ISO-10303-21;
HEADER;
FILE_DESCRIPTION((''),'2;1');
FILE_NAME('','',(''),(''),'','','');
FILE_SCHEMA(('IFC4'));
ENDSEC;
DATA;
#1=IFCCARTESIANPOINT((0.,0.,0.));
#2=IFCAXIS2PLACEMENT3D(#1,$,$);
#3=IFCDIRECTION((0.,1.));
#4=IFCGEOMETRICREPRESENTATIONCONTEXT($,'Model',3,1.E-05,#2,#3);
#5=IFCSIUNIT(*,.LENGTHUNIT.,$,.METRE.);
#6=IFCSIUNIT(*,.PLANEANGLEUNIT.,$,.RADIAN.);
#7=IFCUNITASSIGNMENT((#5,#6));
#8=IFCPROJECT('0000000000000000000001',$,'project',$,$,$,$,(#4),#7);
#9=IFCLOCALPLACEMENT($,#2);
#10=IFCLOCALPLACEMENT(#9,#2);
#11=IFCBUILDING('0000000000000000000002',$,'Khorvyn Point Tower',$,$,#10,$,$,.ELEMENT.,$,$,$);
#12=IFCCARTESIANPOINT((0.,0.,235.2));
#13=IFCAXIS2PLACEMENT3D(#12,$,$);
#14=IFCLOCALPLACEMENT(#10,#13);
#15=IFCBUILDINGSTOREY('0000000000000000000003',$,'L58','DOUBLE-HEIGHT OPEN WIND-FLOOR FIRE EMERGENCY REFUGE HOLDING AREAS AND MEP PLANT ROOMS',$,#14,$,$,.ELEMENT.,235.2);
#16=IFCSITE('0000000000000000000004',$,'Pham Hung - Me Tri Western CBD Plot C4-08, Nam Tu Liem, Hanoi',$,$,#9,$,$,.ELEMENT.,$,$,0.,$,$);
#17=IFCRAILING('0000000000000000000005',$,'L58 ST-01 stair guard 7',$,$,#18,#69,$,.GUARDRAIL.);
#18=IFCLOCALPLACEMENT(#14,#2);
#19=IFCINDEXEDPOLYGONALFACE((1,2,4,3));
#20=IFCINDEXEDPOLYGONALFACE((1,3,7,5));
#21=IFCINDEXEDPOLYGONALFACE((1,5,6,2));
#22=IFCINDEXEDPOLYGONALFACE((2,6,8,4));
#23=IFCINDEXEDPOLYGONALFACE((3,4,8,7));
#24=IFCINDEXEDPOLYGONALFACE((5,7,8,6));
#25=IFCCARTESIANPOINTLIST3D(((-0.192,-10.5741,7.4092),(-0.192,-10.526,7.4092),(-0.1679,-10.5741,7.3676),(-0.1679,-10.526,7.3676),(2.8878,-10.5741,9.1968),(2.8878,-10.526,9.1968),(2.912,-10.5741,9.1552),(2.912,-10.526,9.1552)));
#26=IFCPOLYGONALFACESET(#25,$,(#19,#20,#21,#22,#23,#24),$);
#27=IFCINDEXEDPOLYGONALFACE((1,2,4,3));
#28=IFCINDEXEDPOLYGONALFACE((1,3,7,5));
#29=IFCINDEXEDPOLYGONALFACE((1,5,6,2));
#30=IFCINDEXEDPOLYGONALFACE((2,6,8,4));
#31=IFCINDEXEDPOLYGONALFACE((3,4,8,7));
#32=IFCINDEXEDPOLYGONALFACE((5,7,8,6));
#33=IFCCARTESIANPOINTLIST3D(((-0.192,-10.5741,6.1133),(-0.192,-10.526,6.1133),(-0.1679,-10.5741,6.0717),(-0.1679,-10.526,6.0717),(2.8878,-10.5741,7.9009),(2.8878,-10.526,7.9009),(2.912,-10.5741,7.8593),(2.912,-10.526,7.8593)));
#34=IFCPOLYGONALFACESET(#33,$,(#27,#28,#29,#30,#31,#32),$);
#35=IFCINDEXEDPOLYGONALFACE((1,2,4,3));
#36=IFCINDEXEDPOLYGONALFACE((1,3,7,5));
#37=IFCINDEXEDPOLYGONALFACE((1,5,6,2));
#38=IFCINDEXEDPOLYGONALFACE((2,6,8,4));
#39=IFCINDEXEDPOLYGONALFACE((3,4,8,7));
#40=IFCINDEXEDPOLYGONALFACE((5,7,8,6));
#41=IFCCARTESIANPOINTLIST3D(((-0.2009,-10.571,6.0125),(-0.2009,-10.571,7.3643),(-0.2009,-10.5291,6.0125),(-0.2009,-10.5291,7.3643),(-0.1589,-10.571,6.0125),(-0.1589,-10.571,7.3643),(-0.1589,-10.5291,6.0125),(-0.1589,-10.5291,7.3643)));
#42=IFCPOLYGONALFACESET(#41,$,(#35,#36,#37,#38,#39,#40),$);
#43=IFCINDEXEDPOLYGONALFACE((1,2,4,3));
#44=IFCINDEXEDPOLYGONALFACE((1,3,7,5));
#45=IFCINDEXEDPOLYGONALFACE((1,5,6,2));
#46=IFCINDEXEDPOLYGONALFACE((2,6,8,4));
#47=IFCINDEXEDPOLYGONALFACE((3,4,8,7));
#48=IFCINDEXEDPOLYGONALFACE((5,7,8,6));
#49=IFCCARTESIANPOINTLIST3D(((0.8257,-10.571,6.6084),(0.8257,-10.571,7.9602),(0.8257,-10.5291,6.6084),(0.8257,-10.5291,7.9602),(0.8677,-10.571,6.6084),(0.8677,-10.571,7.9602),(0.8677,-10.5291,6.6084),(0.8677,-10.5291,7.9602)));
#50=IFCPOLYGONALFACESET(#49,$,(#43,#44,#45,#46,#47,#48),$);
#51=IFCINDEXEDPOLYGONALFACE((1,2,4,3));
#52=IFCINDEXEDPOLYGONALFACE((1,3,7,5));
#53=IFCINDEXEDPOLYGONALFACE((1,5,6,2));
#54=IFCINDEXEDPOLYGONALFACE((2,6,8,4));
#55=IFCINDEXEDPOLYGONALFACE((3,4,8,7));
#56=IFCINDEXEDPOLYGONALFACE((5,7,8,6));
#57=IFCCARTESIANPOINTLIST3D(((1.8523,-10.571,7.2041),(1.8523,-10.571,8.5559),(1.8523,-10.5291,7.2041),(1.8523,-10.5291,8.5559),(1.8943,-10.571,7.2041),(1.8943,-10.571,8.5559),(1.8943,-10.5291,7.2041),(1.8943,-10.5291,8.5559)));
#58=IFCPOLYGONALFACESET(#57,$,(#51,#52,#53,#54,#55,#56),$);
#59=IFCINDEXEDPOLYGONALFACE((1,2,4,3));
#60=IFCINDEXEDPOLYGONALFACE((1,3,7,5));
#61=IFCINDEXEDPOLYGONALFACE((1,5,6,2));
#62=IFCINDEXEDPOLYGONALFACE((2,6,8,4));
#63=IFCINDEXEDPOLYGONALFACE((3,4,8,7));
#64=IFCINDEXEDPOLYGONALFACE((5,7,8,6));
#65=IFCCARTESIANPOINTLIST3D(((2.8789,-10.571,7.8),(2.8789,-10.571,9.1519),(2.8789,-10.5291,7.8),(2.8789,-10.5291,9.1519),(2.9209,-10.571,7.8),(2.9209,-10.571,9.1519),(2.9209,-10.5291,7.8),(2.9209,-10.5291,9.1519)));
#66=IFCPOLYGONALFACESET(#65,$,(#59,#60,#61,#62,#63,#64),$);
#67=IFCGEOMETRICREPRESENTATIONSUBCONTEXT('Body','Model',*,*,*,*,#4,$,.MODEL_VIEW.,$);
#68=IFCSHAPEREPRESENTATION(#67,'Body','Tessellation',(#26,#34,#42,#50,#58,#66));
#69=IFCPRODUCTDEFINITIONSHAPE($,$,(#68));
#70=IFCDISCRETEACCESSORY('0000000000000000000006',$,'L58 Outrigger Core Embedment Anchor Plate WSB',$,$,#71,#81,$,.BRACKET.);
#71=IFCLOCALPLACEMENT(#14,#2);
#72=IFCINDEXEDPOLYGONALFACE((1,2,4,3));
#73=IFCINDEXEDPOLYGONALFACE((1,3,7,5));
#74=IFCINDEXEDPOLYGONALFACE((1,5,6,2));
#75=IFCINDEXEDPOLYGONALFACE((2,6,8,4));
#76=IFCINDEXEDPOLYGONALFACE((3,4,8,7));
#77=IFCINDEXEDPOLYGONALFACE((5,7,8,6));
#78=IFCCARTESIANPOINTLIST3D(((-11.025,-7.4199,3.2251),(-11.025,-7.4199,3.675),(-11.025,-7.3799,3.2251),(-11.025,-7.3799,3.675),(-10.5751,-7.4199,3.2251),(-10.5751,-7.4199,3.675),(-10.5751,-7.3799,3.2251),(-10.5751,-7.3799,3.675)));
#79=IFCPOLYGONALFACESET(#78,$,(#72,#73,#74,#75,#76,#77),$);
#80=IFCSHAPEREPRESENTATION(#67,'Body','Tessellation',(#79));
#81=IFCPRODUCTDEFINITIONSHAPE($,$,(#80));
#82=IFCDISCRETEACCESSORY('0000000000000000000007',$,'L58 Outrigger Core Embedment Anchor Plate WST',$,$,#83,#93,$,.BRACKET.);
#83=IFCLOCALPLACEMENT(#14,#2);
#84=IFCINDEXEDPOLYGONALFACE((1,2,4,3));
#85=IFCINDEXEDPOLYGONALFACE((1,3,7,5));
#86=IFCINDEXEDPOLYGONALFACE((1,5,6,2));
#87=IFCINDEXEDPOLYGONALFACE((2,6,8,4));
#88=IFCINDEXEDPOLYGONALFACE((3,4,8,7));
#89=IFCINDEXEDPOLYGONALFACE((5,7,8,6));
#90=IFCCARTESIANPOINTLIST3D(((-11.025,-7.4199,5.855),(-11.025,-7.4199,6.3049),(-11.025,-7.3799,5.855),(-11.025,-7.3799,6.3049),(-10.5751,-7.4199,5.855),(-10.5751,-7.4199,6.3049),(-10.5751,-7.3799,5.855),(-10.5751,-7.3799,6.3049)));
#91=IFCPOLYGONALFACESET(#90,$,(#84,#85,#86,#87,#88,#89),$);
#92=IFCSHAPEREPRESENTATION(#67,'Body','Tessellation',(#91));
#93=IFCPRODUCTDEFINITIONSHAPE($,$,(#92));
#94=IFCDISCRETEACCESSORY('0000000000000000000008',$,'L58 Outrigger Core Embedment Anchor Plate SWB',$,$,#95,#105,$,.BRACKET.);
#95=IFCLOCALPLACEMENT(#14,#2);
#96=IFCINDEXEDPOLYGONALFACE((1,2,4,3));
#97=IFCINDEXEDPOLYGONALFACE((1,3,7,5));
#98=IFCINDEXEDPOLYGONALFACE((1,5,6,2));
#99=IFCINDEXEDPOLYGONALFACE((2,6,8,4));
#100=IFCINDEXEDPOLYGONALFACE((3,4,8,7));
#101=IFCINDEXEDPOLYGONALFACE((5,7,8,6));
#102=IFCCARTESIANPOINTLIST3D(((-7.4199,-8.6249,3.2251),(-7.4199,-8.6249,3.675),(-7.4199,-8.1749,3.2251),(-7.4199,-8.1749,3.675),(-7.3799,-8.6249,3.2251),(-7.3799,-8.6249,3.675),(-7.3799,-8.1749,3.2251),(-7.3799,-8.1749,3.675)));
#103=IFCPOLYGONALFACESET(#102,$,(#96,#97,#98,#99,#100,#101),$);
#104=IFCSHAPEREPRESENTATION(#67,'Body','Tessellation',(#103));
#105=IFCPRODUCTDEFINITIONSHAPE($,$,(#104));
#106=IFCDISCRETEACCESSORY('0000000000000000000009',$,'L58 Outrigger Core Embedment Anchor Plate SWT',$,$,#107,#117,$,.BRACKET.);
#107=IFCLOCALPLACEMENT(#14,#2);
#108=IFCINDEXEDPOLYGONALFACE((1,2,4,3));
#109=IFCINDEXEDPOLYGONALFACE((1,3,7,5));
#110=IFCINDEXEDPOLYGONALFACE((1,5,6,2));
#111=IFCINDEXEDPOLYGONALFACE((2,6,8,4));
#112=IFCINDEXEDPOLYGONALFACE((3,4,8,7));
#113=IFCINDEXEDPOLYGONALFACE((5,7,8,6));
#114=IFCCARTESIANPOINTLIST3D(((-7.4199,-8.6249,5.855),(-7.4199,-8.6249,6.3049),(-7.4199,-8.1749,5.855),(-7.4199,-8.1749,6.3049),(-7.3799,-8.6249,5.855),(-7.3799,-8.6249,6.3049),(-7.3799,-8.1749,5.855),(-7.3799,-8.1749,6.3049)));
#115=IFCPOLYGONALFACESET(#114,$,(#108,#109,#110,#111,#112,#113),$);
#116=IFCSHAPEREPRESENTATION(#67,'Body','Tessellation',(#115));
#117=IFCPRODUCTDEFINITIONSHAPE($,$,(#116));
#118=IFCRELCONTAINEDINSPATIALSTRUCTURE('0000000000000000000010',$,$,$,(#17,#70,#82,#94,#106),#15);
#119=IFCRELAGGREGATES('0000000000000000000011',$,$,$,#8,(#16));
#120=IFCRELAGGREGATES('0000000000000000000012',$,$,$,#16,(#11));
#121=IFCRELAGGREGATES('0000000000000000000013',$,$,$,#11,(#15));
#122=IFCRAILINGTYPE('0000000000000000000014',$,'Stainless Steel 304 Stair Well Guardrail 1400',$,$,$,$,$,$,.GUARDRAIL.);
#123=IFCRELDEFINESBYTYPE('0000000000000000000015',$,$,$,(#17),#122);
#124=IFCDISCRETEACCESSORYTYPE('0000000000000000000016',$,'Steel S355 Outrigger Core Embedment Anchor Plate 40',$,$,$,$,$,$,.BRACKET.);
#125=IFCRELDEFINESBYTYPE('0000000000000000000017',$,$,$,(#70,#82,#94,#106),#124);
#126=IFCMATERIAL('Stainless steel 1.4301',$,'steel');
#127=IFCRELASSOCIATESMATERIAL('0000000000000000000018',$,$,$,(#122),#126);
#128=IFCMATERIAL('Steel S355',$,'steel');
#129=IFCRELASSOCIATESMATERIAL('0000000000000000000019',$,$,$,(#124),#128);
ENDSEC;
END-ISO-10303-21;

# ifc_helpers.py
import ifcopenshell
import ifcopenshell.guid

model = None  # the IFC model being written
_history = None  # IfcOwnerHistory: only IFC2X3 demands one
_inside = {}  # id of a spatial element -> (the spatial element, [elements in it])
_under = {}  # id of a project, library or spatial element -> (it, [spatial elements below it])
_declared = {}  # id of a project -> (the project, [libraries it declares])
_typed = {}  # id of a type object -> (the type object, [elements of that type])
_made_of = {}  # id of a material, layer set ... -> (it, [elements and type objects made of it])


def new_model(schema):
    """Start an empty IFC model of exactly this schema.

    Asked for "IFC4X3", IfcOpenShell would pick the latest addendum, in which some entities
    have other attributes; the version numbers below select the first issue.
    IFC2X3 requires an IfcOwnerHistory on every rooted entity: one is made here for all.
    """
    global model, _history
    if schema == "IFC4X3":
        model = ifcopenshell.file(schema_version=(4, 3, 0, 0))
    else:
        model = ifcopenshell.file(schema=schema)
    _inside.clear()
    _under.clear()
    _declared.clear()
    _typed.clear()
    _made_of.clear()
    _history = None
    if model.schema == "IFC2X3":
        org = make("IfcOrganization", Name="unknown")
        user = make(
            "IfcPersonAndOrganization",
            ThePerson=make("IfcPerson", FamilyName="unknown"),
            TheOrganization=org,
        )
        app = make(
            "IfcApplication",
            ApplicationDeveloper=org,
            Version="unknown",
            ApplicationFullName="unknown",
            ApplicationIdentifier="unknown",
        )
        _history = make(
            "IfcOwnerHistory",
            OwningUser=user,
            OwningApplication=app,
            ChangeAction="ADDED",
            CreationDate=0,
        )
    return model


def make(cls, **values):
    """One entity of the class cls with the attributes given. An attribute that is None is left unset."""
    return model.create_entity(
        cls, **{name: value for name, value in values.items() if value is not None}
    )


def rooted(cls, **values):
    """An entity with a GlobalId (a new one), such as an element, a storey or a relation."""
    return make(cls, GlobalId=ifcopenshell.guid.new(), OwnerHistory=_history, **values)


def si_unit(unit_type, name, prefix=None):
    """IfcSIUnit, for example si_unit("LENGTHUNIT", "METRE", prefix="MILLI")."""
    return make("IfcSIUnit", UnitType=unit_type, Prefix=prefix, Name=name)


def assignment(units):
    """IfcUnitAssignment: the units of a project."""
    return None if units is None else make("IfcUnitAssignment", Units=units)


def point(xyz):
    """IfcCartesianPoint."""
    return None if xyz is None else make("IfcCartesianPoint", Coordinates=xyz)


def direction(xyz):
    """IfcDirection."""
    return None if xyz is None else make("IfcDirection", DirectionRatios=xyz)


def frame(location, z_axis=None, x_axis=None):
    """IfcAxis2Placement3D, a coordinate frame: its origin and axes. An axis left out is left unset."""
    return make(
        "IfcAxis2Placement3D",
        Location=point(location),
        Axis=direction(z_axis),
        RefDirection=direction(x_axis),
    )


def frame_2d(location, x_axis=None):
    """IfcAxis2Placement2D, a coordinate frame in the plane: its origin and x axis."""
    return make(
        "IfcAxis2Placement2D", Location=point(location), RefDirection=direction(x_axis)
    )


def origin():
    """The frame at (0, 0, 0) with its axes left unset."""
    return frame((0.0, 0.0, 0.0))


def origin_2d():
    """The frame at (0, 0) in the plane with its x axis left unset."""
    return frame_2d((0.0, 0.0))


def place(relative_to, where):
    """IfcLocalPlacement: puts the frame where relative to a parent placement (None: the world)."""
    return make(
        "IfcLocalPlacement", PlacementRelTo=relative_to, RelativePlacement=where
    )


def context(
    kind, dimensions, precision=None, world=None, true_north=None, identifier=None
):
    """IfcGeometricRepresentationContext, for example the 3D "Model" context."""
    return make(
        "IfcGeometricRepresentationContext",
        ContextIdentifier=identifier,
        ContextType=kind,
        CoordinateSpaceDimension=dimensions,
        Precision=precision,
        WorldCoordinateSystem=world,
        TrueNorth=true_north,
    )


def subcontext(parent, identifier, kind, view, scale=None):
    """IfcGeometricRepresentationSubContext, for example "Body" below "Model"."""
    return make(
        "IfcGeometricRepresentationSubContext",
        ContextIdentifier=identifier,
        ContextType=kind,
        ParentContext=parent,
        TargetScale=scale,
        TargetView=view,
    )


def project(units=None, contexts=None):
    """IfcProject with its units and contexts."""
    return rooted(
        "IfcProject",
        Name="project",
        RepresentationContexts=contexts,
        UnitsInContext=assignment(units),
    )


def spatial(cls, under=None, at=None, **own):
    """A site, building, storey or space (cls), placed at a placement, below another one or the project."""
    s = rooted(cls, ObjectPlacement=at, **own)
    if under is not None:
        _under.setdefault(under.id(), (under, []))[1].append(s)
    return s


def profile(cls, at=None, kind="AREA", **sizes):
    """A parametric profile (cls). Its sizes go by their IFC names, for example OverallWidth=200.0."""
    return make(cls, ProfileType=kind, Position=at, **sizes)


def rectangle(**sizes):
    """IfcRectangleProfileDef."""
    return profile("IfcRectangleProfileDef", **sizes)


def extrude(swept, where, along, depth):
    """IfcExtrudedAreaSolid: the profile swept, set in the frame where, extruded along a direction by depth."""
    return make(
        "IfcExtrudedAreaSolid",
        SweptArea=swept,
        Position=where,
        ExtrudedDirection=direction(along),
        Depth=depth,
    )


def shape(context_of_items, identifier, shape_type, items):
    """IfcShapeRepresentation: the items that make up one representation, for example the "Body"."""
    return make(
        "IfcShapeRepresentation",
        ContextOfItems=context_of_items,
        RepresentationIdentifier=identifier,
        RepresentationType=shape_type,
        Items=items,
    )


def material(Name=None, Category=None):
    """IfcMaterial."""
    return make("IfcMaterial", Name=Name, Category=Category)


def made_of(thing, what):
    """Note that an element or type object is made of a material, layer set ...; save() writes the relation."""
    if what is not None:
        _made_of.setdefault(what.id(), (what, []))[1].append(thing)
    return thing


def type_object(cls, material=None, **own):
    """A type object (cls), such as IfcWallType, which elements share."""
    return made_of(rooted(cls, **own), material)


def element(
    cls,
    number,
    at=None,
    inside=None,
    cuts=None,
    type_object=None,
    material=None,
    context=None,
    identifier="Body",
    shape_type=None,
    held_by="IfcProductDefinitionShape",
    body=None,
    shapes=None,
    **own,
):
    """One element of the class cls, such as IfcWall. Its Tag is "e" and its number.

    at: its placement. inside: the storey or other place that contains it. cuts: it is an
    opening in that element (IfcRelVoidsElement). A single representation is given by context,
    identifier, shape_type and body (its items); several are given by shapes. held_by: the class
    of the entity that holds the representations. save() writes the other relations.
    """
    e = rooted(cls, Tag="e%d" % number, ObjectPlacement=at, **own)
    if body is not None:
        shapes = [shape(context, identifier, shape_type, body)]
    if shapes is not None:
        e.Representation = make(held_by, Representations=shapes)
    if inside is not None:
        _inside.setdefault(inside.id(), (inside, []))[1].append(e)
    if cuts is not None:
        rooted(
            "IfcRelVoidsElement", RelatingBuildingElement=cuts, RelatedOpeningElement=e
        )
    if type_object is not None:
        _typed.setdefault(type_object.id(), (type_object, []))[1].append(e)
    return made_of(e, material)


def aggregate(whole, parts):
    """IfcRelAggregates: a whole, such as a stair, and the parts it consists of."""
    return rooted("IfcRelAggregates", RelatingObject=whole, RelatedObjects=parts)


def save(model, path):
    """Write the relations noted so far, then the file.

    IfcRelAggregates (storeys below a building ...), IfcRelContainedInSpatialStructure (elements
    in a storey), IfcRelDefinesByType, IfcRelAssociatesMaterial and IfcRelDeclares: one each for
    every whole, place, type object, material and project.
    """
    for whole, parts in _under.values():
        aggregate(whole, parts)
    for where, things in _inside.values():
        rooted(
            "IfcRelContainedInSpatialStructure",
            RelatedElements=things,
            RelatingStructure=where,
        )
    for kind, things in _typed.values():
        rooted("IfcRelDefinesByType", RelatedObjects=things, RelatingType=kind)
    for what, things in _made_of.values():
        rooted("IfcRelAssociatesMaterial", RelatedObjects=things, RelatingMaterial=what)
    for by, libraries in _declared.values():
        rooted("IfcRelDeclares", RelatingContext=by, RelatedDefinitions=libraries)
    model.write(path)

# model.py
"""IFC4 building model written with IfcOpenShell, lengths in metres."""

from ifc_helpers import new_model, si_unit, direction, frame, origin, origin_2d, place, context, subcontext, project, spatial, rectangle, extrude, material, type_object, element, save


model = new_model("IFC4")

# Units and contexts
model_context = context("Model", 3, precision=1e-05, world=origin(), true_north=direction((0.0, 1.0)))
body_context = subcontext(model_context, "Body", "Model", "MODEL_VIEW")
ifc_project = project(units=[si_unit("LENGTHUNIT", "METRE"), si_unit("PLANEANGLEUNIT", "RADIAN")], contexts=[model_context])

# Site, building, storey
site_placement = place(None, origin())
site = spatial("IfcSite", under=ifc_project, at=site_placement, Name="Pham Hung - Me Tri Western CBD Plot C4-08, Nam Tu Liem, Hanoi", CompositionType="ELEMENT", RefElevation=0.0)
building_placement = place(site_placement, origin())
building = spatial("IfcBuilding", under=site, at=building_placement, Name="Khorvyn Point Tower", CompositionType="ELEMENT")
storey_placement = place(building_placement, frame((0.0, 0.0, 235.2)))
storey = spatial("IfcBuildingStorey", under=building, at=storey_placement, Name="L58", Description="DOUBLE-HEIGHT OPEN WIND-FLOOR FIRE EMERGENCY REFUGE HOLDING AREAS AND MEP PLANT ROOMS", CompositionType="ELEMENT", Elevation=235.2)

# Railing
ifc_material_1 = material(Name="Stainless steel 1.4301", Category="steel")
railing_type_1 = type_object("IfcRailingType", Name="Stainless Steel 304 Stair Well Guardrail 1400", PredefinedType="GUARDRAIL", material=ifc_material_1)
railing_1_placement = place(storey_placement, frame((-0.1799, -10.55, 6.0125)))
element("IfcRailing", 1, at=railing_1_placement, inside=storey, type_object=railing_type_1, Name="L58 ST-01 stair guard 7", PredefinedType="GUARDRAIL", context=body_context, shape_type="SweptSolid", body=[
    extrude(rectangle(XDim=0.0481, YDim=0.0481, at=origin_2d()), frame((0.0, 0.0, 1.376), z_axis=(0.864873, 0.0, 0.50199), x_axis=(0.0, 1.0, 0.0)), (0.0, 0.0, 1.0), 3.561),
    extrude(rectangle(XDim=0.0481, YDim=0.0481, at=origin_2d()), frame((0.0, 0.0, 0.0801), z_axis=(0.864873, 0.0, 0.50199), x_axis=(0.0, 1.0, 0.0)), (0.0, 0.0, 1.0), 3.561),
    extrude(rectangle(XDim=0.042, YDim=0.042, at=origin_2d()), origin(), (0.0, 0.0, 1.0), 1.3518),
    extrude(rectangle(XDim=0.042, YDim=0.042, at=origin_2d()), frame((1.0266, 0.0, 0.5959)), (0.0, 0.0, 1.0), 1.3518),
    extrude(rectangle(XDim=0.042, YDim=0.042, at=origin_2d()), frame((2.0532, 0.0, 1.1917)), (0.0, 0.0, 1.0), 1.3518),
    extrude(rectangle(XDim=0.042, YDim=0.042, at=origin_2d()), frame((3.0798, 0.0, 1.7876)), (0.0, 0.0, 1.0), 1.3518),
])

# Discrete accessories
ifc_material_2 = material(Name="Steel S355", Category="steel")
discrete_accessory_type = type_object("IfcDiscreteAccessoryType", Name="Steel S355 Outrigger Core Embedment Anchor Plate 40", PredefinedType="BRACKET", material=ifc_material_2)
for number, where, z_axis, x_axis, name in (
    (2, (-10.8, -7.3999, 3.2251), (0.0, 0.0, 1.0), (1.0, 0.0, 0.0), "L58 Outrigger Core Embedment Anchor Plate WSB"),
    (3, (-10.8, -7.3999, 5.855), (0.0, 0.0, 1.0), (1.0, 0.0, 0.0), "L58 Outrigger Core Embedment Anchor Plate WST"),
):
    element("IfcDiscreteAccessory", number, at=place(storey_placement, frame(where, z_axis=z_axis, x_axis=x_axis)), inside=storey, type_object=discrete_accessory_type, Name=name, PredefinedType="BRACKET", context=body_context, shape_type="SweptSolid", body=[
        extrude(rectangle(XDim=0.45, YDim=0.04, at=origin_2d()), origin(), (0.0, 0.0, 1.0), 0.45),
    ])
for number, where, z_axis, x_axis, name in (
    (4, (-7.3999, -8.3999, 3.2251), (0.0, 0.0, 1.0), (1.0, 0.0, 0.0), "L58 Outrigger Core Embedment Anchor Plate SWB"),
    (5, (-7.3999, -8.3999, 5.855), (0.0, 0.0, 1.0), (1.0, 0.0, 0.0), "L58 Outrigger Core Embedment Anchor Plate SWT"),
):
    element("IfcDiscreteAccessory", number, at=place(storey_placement, frame(where, z_axis=z_axis, x_axis=x_axis)), inside=storey, type_object=discrete_accessory_type, Name=name, PredefinedType="BRACKET", context=body_context, shape_type="SweptSolid", body=[
        extrude(rectangle(XDim=0.04, YDim=0.45, at=origin_2d()), origin(), (0.0, 0.0, 1.0), 0.45),
    ])

save(model, "model.ifc")
